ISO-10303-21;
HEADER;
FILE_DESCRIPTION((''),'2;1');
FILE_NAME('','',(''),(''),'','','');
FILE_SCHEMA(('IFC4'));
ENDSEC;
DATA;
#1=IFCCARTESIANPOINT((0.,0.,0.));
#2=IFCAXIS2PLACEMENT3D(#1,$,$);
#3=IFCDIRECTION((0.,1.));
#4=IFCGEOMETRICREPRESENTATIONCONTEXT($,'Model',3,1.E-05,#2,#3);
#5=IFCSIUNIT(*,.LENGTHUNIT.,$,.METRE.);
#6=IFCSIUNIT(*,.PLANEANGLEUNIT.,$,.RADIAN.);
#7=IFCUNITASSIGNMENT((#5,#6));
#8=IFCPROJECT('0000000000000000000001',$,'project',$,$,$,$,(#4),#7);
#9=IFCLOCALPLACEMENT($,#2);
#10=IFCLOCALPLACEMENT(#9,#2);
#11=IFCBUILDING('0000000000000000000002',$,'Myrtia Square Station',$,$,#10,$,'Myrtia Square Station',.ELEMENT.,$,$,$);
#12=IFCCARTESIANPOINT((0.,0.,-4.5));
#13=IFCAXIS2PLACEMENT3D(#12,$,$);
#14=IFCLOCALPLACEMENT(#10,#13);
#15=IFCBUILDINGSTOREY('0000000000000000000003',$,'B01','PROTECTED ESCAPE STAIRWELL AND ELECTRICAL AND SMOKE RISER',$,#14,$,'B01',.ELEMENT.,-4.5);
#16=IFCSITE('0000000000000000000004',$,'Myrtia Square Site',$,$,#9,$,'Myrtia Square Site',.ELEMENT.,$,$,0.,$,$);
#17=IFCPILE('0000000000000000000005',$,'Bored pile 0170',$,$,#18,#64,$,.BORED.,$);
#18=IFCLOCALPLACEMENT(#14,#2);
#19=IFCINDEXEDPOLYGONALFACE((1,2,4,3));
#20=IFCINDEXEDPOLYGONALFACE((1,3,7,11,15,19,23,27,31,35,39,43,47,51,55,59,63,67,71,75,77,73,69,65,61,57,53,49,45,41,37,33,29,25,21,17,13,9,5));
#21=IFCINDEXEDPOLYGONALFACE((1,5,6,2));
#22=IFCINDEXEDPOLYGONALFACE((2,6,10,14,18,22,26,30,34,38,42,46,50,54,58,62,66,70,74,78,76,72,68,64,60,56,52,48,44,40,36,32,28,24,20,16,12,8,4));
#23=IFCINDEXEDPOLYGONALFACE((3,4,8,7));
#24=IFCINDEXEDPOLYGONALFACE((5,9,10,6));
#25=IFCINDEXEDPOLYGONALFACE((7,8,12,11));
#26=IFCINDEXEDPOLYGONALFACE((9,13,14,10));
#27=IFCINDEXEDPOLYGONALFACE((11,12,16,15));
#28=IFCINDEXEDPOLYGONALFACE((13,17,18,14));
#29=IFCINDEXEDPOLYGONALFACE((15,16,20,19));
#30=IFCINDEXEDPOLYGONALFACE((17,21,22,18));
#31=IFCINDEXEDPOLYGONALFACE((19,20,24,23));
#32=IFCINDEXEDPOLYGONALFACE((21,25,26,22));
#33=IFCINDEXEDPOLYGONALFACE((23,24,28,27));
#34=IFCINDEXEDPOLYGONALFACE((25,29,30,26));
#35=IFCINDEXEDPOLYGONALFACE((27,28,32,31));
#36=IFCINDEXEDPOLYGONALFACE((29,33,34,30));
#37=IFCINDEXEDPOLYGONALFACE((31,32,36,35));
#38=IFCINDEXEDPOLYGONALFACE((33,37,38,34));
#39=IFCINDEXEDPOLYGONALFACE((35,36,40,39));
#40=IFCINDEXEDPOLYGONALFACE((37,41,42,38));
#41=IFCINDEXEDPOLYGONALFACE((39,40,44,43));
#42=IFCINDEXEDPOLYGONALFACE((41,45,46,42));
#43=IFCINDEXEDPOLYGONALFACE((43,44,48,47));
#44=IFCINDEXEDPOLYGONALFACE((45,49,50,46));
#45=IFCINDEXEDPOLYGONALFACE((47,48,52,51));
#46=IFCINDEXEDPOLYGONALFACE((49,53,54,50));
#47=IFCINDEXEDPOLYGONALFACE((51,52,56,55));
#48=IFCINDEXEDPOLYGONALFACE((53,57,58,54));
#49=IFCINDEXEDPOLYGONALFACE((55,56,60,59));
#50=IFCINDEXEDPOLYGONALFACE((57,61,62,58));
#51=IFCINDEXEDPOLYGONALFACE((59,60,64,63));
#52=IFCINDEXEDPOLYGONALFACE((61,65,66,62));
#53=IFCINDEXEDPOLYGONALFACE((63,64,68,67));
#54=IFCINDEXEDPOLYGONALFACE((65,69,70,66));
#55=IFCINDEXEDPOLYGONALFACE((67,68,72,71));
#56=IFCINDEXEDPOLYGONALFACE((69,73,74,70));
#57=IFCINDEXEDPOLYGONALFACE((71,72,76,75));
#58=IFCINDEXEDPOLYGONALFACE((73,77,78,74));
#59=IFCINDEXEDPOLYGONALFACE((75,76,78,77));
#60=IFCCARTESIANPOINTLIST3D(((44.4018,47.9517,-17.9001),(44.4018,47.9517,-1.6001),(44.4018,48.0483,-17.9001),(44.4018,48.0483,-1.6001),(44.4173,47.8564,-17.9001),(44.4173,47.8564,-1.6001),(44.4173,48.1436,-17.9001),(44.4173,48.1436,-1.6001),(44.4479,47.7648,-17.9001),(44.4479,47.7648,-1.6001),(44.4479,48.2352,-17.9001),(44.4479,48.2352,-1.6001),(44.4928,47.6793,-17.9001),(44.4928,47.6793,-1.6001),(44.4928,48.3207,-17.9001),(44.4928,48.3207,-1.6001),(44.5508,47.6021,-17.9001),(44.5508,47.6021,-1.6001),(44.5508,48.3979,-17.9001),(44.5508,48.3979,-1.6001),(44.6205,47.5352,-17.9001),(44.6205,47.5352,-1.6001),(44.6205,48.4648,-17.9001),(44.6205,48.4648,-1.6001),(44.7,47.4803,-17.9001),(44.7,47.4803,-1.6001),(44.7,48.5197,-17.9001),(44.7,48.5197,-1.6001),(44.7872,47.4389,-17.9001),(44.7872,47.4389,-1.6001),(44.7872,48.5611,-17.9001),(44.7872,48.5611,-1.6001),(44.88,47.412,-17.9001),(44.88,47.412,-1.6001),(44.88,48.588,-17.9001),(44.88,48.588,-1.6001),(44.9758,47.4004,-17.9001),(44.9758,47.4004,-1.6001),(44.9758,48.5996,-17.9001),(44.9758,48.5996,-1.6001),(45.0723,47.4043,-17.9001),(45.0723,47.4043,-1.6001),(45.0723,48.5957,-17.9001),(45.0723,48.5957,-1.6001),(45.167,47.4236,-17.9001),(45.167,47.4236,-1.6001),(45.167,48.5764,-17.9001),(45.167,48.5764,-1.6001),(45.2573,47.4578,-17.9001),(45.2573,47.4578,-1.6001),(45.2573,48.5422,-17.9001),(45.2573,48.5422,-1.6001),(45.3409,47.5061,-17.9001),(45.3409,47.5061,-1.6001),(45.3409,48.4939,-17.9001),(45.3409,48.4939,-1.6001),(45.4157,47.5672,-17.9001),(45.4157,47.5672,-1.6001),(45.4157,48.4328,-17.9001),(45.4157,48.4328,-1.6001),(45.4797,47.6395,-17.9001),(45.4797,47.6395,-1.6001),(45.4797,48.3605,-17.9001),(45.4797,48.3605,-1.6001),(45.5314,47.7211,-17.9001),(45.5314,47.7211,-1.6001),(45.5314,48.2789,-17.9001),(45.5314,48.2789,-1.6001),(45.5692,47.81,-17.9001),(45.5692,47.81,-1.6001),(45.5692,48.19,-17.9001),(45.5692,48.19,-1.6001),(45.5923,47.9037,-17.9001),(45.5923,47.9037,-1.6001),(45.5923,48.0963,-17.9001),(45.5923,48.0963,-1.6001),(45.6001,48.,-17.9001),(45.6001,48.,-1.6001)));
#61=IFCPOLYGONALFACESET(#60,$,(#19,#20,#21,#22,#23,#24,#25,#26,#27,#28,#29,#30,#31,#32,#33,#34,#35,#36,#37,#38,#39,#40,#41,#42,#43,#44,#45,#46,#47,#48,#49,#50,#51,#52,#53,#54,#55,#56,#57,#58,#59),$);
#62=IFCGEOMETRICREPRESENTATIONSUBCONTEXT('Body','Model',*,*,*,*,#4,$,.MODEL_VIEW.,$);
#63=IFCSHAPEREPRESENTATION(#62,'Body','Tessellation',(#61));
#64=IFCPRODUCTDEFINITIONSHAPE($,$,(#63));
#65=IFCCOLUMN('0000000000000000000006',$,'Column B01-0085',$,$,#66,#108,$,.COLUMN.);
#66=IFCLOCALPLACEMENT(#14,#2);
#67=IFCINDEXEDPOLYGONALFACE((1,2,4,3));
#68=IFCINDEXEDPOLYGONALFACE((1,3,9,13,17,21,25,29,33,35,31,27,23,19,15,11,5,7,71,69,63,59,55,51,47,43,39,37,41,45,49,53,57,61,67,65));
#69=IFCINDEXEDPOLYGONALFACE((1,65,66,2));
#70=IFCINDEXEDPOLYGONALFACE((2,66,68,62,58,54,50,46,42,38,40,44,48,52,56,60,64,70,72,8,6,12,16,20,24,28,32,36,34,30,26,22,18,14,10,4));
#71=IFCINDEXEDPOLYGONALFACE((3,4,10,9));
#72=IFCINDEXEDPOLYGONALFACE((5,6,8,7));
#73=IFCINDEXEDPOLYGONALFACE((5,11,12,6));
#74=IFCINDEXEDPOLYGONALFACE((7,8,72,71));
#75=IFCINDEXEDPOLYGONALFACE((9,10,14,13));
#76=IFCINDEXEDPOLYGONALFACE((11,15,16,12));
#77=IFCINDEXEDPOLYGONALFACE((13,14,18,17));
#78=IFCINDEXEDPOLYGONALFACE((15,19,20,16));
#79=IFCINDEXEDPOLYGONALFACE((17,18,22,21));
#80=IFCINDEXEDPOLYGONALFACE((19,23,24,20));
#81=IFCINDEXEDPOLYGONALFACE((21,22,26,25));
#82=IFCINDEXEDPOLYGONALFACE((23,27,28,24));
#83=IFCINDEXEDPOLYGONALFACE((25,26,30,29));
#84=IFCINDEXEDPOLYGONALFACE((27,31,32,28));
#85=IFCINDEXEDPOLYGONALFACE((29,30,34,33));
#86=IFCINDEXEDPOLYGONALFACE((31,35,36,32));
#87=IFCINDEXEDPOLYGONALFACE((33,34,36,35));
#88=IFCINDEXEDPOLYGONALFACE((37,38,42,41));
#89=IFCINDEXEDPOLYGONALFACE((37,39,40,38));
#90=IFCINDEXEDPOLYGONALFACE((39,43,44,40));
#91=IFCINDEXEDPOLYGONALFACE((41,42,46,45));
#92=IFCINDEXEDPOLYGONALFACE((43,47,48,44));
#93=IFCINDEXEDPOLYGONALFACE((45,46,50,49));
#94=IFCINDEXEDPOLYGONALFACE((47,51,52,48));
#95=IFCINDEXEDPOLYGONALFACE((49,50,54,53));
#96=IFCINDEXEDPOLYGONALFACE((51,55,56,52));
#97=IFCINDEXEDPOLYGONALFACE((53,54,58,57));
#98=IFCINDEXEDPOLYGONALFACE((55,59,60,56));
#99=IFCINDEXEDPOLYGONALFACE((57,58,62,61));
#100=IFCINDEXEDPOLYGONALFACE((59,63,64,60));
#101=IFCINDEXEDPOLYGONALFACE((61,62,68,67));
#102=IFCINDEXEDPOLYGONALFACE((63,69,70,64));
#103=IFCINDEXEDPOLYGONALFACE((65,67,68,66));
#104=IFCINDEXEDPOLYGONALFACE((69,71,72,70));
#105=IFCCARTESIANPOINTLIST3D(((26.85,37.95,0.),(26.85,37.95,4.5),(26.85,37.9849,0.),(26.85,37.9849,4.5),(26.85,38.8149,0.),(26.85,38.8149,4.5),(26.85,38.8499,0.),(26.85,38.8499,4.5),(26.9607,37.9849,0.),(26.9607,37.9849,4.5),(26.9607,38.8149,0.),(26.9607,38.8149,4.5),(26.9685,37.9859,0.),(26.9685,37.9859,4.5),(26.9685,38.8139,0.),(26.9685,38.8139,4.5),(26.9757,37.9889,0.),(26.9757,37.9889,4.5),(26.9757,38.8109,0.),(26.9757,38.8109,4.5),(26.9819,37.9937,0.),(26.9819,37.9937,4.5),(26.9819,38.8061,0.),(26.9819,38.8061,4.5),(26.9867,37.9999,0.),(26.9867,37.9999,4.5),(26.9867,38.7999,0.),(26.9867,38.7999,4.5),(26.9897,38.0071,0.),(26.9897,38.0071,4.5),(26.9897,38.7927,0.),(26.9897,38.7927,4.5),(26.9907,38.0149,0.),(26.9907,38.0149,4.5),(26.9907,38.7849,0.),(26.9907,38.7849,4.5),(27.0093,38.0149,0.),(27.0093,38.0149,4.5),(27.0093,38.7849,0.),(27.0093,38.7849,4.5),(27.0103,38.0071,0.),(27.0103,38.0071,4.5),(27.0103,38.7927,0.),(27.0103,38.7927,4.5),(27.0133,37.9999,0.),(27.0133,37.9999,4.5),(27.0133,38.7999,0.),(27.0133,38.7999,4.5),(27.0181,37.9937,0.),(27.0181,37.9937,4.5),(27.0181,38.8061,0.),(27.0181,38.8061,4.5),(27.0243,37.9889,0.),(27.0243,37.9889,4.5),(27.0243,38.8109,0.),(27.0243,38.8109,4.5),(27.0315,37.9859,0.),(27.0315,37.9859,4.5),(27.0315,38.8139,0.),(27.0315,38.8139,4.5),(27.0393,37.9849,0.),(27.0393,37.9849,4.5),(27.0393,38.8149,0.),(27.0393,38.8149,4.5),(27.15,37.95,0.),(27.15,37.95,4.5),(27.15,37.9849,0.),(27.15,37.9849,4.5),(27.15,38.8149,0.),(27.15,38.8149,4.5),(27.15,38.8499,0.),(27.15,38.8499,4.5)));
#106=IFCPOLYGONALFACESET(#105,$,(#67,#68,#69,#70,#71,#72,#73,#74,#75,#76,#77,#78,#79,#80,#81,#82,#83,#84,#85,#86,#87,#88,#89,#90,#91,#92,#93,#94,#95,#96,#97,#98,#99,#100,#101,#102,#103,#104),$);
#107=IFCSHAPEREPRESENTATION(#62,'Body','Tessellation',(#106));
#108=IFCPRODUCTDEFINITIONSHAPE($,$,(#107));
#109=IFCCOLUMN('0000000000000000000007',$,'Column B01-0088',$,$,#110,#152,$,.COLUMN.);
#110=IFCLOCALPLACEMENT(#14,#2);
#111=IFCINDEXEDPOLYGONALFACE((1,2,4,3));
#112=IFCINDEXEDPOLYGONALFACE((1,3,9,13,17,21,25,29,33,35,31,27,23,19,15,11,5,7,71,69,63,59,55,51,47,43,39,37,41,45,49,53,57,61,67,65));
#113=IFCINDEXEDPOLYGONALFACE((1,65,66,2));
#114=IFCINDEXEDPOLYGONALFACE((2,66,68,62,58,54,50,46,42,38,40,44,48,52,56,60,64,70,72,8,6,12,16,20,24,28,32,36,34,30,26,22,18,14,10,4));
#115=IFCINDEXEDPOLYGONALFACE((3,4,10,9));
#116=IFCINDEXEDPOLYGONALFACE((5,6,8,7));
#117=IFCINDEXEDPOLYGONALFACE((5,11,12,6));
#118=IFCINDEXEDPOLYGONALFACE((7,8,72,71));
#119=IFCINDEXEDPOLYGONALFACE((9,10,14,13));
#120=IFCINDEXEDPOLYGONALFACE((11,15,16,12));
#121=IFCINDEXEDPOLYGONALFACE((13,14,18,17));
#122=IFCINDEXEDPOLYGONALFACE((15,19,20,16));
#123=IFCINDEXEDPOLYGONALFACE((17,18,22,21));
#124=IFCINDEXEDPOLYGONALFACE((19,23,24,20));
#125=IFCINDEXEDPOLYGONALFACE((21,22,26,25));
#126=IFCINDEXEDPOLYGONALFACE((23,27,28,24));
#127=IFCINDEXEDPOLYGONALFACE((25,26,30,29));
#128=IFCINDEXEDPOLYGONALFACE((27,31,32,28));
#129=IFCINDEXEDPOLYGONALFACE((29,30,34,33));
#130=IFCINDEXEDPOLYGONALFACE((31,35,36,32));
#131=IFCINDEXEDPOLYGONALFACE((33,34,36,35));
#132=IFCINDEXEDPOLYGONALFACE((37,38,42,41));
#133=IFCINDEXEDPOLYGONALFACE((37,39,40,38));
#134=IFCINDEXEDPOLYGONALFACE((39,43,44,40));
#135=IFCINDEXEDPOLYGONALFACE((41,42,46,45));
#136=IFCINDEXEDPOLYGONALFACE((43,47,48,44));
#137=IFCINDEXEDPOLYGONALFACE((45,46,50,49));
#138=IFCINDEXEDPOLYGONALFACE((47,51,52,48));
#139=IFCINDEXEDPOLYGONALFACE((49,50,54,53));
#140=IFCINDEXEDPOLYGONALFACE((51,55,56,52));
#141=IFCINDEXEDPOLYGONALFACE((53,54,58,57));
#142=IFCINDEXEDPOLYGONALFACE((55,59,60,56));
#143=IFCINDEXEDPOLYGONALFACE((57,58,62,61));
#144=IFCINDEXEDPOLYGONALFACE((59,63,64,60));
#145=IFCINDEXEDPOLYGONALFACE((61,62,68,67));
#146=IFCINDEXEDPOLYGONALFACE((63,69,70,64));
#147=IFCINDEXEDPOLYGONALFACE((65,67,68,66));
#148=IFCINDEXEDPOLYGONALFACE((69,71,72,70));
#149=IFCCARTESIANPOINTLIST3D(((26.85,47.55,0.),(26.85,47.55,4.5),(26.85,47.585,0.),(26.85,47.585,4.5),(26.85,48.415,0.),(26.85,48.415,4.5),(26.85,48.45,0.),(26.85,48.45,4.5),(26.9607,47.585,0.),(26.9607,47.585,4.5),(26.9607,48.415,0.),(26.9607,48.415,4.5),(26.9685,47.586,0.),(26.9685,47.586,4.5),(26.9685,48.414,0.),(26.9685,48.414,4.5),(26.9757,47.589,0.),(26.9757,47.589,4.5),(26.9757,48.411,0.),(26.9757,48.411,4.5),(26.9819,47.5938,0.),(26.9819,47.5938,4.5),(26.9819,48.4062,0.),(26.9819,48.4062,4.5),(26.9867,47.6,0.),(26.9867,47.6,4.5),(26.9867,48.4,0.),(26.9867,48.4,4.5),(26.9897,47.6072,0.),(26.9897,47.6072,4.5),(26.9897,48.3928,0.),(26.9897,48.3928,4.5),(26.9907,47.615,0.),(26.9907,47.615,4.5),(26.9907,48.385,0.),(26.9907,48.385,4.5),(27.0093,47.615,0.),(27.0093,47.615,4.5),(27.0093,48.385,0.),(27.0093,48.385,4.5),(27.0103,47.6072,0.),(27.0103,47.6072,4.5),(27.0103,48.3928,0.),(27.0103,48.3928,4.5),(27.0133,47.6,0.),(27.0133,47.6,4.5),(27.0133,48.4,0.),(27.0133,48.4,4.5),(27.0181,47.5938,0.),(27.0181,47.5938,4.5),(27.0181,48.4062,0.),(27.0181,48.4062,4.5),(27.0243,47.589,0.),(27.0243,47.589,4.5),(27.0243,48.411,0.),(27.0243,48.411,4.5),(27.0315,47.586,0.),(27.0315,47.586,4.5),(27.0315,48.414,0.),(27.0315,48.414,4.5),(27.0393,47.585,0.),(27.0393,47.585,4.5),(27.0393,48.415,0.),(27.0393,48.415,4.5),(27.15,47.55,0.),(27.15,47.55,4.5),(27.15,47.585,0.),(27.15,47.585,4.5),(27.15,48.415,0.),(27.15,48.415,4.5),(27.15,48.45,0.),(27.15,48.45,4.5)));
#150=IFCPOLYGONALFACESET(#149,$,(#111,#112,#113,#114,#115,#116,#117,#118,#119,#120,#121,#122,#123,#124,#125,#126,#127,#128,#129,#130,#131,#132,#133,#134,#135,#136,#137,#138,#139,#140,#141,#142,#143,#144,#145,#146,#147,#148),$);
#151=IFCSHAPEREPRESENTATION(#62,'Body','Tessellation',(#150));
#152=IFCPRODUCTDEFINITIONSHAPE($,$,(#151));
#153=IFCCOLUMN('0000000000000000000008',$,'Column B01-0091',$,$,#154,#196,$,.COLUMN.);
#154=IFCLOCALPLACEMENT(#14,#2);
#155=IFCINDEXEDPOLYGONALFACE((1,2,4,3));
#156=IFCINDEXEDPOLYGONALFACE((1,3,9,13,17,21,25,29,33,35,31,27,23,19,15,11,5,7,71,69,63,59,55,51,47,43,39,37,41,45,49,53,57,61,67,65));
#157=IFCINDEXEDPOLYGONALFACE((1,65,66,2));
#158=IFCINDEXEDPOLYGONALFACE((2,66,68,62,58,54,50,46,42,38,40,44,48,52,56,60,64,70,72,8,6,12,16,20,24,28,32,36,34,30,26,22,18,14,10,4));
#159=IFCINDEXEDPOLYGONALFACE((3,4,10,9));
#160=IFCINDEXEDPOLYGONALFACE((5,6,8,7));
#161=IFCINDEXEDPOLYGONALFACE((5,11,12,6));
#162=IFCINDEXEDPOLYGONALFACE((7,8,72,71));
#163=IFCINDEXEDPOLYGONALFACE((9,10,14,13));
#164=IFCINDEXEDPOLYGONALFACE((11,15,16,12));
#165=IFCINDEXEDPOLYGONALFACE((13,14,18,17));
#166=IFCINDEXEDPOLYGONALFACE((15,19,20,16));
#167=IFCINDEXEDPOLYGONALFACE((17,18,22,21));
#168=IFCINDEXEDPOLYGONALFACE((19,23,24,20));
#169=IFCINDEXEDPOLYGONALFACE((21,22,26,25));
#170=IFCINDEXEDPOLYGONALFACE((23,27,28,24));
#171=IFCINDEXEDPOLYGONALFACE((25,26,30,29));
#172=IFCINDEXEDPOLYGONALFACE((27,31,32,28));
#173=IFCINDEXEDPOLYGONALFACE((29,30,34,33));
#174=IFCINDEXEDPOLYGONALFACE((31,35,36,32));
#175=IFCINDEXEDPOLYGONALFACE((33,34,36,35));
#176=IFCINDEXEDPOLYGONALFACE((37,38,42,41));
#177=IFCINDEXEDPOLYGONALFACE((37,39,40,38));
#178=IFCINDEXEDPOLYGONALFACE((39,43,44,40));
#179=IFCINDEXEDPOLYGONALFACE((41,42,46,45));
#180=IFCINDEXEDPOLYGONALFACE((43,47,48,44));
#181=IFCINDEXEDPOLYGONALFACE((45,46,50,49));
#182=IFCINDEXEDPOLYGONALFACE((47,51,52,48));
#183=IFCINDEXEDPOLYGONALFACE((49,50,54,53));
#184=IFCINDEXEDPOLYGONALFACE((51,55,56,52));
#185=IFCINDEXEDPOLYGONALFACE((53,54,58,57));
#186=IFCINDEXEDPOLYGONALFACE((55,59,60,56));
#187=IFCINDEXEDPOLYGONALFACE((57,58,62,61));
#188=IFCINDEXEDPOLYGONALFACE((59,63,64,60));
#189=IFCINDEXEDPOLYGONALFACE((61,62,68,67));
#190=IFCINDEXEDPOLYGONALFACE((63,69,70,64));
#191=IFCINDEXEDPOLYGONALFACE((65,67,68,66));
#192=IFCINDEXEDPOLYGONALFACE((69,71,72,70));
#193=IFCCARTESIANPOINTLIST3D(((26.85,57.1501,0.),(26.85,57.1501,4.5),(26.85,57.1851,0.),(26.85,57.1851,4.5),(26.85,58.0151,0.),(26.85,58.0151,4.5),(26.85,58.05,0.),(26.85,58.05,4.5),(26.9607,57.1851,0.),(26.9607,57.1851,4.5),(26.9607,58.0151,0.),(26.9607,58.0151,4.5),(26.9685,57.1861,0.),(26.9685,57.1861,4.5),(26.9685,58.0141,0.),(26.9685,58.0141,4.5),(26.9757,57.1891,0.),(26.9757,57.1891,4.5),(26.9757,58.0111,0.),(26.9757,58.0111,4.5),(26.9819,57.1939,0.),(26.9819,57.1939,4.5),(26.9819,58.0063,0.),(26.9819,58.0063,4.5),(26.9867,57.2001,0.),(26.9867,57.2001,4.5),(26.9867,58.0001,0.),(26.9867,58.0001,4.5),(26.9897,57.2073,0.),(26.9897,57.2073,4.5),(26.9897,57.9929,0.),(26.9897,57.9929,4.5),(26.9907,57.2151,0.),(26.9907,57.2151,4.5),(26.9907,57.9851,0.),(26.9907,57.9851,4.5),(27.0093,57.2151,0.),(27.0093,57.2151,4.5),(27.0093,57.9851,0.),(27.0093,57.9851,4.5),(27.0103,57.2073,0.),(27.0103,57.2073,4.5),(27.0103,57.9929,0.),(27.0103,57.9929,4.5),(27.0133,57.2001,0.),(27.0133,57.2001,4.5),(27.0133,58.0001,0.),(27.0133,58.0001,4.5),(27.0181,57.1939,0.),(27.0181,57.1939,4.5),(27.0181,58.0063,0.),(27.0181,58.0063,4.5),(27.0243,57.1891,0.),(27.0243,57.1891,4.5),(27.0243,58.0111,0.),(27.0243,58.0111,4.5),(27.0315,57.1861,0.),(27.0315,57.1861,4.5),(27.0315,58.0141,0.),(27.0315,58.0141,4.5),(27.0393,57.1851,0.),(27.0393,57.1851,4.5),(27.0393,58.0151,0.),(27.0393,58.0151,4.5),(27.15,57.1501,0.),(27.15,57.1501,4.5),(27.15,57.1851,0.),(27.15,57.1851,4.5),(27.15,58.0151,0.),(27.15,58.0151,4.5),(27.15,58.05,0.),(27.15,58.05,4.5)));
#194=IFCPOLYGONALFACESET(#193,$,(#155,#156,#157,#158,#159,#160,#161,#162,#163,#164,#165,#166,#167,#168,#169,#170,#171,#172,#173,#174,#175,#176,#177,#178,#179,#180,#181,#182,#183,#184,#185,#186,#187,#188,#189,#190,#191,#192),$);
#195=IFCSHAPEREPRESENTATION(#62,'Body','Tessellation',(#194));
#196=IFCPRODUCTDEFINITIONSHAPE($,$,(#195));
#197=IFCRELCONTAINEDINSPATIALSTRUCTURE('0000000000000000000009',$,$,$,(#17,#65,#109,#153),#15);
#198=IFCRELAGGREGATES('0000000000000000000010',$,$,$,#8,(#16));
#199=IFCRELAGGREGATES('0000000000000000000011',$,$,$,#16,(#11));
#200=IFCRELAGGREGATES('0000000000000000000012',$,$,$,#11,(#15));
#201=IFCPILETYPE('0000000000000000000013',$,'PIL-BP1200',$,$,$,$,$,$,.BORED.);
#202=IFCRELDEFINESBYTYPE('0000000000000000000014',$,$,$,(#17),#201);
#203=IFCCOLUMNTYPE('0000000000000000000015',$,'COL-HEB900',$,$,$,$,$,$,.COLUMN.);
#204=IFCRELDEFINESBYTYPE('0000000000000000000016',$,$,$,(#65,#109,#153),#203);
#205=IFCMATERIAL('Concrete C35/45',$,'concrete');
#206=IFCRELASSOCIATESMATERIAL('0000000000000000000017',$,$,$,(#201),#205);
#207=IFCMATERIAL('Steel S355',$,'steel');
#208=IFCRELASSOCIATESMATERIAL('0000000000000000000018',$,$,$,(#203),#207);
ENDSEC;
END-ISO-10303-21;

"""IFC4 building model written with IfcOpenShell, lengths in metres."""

from ifc_helpers import new_model, si_unit, direction, frame, origin, origin_2d, place, context, subcontext, project, spatial, circle, i_section, extrude, material, material_profile, profile_set, type_object, element, save


model = new_model("IFC4")

# Units and contexts
model_context = context("Model", 3, precision=1e-05, world=origin(), true_north=direction((0.0, 1.0)))
body_context = subcontext(model_context, "Body", "Model", "MODEL_VIEW")
ifc_project = project(units=[si_unit("LENGTHUNIT", "METRE"), si_unit("PLANEANGLEUNIT", "RADIAN")], contexts=[model_context])

# Site, building, storey
site_placement = place(None, origin())
site = spatial("IfcSite", under=ifc_project, at=site_placement, Name="Myrtia Square Site", LongName="Myrtia Square Site", CompositionType="ELEMENT", RefElevation=0.0)
building_placement = place(site_placement, origin())
building = spatial("IfcBuilding", under=site, at=building_placement, Name="Myrtia Square Station", LongName="Myrtia Square Station", CompositionType="ELEMENT")
storey_placement = place(building_placement, frame((0.0, 0.0, -4.5)))
storey = spatial("IfcBuildingStorey", under=building, at=storey_placement, Name="B01", Description="PROTECTED ESCAPE STAIRWELL AND ELECTRICAL AND SMOKE RISER", LongName="B01", CompositionType="ELEMENT", Elevation=-4.5)

# Shared definitions
ifc_material_1 = material(Name="Concrete C35/45", Category="concrete")

# Pile
ifc_material_profile_1 = material_profile(ifc_material_1, circle(Radius=0.6001, at=origin_2d()), Name="BP D1200")
ifc_profile_set_1 = profile_set([ifc_material_profile_1], Name="Concrete C35/45")
pile_type = type_object("IfcPileType", Name="PIL-BP1200", PredefinedType="BORED", material=ifc_profile_set_1)
for number, where, z_axis, x_axis, name in (
    (1, (45.0, 48.0, -1.6001), (0.0, 0.0, -1.0), (1.0, 0.0, 0.0), "Bored pile 0170"),
):
    element("IfcPile", number, at=place(storey_placement, frame(where, z_axis=z_axis, x_axis=x_axis)), inside=storey, type_object=pile_type, Name=name, PredefinedType="BORED", context=body_context, shape_type="SweptSolid", body=[
        extrude(circle(Radius=0.6001, at=origin_2d()), origin(), (0.0, 0.0, 1.0), 16.3),
    ])

# Columns
ifc_material_2 = material(Name="Steel S355", Category="steel")
ifc_material_profile_2 = material_profile(ifc_material_2, i_section(OverallWidth=0.3, OverallDepth=0.8999, WebThickness=0.0186, FlangeThickness=0.0349, FilletRadius=0.03, at=origin_2d()), Name="HEB 900")
ifc_profile_set_2 = profile_set([ifc_material_profile_2], Name="Steel S355")
column_type = type_object("IfcColumnType", Name="COL-HEB900", PredefinedType="COLUMN", material=ifc_profile_set_2)
for number, where, z_axis, x_axis, name in (
    (2, (27.0, 38.3999, 0.0), (0.0, 0.0, 1.0), (1.0, 0.0, 0.0), "Column B01-0085"),
    (3, (27.0, 48.0, 0.0), (0.0, 0.0, 1.0), (1.0, 0.0, 0.0), "Column B01-0088"),
    (4, (27.0, 57.6001, 0.0), (0.0, 0.0, 1.0), (1.0, 0.0, 0.0), "Column B01-0091"),
):
    element("IfcColumn", number, at=place(storey_placement, frame(where, z_axis=z_axis, x_axis=x_axis)), inside=storey, type_object=column_type, Name=name, PredefinedType="COLUMN", context=body_context, shape_type="SweptSolid", body=[
        extrude(i_section(OverallWidth=0.3, OverallDepth=0.8999, WebThickness=0.0186, FlangeThickness=0.0349, FilletRadius=0.03, at=origin_2d()), origin(), (0.0, 0.0, 1.0), 4.5),
    ])

save(model, "model.ifc")
